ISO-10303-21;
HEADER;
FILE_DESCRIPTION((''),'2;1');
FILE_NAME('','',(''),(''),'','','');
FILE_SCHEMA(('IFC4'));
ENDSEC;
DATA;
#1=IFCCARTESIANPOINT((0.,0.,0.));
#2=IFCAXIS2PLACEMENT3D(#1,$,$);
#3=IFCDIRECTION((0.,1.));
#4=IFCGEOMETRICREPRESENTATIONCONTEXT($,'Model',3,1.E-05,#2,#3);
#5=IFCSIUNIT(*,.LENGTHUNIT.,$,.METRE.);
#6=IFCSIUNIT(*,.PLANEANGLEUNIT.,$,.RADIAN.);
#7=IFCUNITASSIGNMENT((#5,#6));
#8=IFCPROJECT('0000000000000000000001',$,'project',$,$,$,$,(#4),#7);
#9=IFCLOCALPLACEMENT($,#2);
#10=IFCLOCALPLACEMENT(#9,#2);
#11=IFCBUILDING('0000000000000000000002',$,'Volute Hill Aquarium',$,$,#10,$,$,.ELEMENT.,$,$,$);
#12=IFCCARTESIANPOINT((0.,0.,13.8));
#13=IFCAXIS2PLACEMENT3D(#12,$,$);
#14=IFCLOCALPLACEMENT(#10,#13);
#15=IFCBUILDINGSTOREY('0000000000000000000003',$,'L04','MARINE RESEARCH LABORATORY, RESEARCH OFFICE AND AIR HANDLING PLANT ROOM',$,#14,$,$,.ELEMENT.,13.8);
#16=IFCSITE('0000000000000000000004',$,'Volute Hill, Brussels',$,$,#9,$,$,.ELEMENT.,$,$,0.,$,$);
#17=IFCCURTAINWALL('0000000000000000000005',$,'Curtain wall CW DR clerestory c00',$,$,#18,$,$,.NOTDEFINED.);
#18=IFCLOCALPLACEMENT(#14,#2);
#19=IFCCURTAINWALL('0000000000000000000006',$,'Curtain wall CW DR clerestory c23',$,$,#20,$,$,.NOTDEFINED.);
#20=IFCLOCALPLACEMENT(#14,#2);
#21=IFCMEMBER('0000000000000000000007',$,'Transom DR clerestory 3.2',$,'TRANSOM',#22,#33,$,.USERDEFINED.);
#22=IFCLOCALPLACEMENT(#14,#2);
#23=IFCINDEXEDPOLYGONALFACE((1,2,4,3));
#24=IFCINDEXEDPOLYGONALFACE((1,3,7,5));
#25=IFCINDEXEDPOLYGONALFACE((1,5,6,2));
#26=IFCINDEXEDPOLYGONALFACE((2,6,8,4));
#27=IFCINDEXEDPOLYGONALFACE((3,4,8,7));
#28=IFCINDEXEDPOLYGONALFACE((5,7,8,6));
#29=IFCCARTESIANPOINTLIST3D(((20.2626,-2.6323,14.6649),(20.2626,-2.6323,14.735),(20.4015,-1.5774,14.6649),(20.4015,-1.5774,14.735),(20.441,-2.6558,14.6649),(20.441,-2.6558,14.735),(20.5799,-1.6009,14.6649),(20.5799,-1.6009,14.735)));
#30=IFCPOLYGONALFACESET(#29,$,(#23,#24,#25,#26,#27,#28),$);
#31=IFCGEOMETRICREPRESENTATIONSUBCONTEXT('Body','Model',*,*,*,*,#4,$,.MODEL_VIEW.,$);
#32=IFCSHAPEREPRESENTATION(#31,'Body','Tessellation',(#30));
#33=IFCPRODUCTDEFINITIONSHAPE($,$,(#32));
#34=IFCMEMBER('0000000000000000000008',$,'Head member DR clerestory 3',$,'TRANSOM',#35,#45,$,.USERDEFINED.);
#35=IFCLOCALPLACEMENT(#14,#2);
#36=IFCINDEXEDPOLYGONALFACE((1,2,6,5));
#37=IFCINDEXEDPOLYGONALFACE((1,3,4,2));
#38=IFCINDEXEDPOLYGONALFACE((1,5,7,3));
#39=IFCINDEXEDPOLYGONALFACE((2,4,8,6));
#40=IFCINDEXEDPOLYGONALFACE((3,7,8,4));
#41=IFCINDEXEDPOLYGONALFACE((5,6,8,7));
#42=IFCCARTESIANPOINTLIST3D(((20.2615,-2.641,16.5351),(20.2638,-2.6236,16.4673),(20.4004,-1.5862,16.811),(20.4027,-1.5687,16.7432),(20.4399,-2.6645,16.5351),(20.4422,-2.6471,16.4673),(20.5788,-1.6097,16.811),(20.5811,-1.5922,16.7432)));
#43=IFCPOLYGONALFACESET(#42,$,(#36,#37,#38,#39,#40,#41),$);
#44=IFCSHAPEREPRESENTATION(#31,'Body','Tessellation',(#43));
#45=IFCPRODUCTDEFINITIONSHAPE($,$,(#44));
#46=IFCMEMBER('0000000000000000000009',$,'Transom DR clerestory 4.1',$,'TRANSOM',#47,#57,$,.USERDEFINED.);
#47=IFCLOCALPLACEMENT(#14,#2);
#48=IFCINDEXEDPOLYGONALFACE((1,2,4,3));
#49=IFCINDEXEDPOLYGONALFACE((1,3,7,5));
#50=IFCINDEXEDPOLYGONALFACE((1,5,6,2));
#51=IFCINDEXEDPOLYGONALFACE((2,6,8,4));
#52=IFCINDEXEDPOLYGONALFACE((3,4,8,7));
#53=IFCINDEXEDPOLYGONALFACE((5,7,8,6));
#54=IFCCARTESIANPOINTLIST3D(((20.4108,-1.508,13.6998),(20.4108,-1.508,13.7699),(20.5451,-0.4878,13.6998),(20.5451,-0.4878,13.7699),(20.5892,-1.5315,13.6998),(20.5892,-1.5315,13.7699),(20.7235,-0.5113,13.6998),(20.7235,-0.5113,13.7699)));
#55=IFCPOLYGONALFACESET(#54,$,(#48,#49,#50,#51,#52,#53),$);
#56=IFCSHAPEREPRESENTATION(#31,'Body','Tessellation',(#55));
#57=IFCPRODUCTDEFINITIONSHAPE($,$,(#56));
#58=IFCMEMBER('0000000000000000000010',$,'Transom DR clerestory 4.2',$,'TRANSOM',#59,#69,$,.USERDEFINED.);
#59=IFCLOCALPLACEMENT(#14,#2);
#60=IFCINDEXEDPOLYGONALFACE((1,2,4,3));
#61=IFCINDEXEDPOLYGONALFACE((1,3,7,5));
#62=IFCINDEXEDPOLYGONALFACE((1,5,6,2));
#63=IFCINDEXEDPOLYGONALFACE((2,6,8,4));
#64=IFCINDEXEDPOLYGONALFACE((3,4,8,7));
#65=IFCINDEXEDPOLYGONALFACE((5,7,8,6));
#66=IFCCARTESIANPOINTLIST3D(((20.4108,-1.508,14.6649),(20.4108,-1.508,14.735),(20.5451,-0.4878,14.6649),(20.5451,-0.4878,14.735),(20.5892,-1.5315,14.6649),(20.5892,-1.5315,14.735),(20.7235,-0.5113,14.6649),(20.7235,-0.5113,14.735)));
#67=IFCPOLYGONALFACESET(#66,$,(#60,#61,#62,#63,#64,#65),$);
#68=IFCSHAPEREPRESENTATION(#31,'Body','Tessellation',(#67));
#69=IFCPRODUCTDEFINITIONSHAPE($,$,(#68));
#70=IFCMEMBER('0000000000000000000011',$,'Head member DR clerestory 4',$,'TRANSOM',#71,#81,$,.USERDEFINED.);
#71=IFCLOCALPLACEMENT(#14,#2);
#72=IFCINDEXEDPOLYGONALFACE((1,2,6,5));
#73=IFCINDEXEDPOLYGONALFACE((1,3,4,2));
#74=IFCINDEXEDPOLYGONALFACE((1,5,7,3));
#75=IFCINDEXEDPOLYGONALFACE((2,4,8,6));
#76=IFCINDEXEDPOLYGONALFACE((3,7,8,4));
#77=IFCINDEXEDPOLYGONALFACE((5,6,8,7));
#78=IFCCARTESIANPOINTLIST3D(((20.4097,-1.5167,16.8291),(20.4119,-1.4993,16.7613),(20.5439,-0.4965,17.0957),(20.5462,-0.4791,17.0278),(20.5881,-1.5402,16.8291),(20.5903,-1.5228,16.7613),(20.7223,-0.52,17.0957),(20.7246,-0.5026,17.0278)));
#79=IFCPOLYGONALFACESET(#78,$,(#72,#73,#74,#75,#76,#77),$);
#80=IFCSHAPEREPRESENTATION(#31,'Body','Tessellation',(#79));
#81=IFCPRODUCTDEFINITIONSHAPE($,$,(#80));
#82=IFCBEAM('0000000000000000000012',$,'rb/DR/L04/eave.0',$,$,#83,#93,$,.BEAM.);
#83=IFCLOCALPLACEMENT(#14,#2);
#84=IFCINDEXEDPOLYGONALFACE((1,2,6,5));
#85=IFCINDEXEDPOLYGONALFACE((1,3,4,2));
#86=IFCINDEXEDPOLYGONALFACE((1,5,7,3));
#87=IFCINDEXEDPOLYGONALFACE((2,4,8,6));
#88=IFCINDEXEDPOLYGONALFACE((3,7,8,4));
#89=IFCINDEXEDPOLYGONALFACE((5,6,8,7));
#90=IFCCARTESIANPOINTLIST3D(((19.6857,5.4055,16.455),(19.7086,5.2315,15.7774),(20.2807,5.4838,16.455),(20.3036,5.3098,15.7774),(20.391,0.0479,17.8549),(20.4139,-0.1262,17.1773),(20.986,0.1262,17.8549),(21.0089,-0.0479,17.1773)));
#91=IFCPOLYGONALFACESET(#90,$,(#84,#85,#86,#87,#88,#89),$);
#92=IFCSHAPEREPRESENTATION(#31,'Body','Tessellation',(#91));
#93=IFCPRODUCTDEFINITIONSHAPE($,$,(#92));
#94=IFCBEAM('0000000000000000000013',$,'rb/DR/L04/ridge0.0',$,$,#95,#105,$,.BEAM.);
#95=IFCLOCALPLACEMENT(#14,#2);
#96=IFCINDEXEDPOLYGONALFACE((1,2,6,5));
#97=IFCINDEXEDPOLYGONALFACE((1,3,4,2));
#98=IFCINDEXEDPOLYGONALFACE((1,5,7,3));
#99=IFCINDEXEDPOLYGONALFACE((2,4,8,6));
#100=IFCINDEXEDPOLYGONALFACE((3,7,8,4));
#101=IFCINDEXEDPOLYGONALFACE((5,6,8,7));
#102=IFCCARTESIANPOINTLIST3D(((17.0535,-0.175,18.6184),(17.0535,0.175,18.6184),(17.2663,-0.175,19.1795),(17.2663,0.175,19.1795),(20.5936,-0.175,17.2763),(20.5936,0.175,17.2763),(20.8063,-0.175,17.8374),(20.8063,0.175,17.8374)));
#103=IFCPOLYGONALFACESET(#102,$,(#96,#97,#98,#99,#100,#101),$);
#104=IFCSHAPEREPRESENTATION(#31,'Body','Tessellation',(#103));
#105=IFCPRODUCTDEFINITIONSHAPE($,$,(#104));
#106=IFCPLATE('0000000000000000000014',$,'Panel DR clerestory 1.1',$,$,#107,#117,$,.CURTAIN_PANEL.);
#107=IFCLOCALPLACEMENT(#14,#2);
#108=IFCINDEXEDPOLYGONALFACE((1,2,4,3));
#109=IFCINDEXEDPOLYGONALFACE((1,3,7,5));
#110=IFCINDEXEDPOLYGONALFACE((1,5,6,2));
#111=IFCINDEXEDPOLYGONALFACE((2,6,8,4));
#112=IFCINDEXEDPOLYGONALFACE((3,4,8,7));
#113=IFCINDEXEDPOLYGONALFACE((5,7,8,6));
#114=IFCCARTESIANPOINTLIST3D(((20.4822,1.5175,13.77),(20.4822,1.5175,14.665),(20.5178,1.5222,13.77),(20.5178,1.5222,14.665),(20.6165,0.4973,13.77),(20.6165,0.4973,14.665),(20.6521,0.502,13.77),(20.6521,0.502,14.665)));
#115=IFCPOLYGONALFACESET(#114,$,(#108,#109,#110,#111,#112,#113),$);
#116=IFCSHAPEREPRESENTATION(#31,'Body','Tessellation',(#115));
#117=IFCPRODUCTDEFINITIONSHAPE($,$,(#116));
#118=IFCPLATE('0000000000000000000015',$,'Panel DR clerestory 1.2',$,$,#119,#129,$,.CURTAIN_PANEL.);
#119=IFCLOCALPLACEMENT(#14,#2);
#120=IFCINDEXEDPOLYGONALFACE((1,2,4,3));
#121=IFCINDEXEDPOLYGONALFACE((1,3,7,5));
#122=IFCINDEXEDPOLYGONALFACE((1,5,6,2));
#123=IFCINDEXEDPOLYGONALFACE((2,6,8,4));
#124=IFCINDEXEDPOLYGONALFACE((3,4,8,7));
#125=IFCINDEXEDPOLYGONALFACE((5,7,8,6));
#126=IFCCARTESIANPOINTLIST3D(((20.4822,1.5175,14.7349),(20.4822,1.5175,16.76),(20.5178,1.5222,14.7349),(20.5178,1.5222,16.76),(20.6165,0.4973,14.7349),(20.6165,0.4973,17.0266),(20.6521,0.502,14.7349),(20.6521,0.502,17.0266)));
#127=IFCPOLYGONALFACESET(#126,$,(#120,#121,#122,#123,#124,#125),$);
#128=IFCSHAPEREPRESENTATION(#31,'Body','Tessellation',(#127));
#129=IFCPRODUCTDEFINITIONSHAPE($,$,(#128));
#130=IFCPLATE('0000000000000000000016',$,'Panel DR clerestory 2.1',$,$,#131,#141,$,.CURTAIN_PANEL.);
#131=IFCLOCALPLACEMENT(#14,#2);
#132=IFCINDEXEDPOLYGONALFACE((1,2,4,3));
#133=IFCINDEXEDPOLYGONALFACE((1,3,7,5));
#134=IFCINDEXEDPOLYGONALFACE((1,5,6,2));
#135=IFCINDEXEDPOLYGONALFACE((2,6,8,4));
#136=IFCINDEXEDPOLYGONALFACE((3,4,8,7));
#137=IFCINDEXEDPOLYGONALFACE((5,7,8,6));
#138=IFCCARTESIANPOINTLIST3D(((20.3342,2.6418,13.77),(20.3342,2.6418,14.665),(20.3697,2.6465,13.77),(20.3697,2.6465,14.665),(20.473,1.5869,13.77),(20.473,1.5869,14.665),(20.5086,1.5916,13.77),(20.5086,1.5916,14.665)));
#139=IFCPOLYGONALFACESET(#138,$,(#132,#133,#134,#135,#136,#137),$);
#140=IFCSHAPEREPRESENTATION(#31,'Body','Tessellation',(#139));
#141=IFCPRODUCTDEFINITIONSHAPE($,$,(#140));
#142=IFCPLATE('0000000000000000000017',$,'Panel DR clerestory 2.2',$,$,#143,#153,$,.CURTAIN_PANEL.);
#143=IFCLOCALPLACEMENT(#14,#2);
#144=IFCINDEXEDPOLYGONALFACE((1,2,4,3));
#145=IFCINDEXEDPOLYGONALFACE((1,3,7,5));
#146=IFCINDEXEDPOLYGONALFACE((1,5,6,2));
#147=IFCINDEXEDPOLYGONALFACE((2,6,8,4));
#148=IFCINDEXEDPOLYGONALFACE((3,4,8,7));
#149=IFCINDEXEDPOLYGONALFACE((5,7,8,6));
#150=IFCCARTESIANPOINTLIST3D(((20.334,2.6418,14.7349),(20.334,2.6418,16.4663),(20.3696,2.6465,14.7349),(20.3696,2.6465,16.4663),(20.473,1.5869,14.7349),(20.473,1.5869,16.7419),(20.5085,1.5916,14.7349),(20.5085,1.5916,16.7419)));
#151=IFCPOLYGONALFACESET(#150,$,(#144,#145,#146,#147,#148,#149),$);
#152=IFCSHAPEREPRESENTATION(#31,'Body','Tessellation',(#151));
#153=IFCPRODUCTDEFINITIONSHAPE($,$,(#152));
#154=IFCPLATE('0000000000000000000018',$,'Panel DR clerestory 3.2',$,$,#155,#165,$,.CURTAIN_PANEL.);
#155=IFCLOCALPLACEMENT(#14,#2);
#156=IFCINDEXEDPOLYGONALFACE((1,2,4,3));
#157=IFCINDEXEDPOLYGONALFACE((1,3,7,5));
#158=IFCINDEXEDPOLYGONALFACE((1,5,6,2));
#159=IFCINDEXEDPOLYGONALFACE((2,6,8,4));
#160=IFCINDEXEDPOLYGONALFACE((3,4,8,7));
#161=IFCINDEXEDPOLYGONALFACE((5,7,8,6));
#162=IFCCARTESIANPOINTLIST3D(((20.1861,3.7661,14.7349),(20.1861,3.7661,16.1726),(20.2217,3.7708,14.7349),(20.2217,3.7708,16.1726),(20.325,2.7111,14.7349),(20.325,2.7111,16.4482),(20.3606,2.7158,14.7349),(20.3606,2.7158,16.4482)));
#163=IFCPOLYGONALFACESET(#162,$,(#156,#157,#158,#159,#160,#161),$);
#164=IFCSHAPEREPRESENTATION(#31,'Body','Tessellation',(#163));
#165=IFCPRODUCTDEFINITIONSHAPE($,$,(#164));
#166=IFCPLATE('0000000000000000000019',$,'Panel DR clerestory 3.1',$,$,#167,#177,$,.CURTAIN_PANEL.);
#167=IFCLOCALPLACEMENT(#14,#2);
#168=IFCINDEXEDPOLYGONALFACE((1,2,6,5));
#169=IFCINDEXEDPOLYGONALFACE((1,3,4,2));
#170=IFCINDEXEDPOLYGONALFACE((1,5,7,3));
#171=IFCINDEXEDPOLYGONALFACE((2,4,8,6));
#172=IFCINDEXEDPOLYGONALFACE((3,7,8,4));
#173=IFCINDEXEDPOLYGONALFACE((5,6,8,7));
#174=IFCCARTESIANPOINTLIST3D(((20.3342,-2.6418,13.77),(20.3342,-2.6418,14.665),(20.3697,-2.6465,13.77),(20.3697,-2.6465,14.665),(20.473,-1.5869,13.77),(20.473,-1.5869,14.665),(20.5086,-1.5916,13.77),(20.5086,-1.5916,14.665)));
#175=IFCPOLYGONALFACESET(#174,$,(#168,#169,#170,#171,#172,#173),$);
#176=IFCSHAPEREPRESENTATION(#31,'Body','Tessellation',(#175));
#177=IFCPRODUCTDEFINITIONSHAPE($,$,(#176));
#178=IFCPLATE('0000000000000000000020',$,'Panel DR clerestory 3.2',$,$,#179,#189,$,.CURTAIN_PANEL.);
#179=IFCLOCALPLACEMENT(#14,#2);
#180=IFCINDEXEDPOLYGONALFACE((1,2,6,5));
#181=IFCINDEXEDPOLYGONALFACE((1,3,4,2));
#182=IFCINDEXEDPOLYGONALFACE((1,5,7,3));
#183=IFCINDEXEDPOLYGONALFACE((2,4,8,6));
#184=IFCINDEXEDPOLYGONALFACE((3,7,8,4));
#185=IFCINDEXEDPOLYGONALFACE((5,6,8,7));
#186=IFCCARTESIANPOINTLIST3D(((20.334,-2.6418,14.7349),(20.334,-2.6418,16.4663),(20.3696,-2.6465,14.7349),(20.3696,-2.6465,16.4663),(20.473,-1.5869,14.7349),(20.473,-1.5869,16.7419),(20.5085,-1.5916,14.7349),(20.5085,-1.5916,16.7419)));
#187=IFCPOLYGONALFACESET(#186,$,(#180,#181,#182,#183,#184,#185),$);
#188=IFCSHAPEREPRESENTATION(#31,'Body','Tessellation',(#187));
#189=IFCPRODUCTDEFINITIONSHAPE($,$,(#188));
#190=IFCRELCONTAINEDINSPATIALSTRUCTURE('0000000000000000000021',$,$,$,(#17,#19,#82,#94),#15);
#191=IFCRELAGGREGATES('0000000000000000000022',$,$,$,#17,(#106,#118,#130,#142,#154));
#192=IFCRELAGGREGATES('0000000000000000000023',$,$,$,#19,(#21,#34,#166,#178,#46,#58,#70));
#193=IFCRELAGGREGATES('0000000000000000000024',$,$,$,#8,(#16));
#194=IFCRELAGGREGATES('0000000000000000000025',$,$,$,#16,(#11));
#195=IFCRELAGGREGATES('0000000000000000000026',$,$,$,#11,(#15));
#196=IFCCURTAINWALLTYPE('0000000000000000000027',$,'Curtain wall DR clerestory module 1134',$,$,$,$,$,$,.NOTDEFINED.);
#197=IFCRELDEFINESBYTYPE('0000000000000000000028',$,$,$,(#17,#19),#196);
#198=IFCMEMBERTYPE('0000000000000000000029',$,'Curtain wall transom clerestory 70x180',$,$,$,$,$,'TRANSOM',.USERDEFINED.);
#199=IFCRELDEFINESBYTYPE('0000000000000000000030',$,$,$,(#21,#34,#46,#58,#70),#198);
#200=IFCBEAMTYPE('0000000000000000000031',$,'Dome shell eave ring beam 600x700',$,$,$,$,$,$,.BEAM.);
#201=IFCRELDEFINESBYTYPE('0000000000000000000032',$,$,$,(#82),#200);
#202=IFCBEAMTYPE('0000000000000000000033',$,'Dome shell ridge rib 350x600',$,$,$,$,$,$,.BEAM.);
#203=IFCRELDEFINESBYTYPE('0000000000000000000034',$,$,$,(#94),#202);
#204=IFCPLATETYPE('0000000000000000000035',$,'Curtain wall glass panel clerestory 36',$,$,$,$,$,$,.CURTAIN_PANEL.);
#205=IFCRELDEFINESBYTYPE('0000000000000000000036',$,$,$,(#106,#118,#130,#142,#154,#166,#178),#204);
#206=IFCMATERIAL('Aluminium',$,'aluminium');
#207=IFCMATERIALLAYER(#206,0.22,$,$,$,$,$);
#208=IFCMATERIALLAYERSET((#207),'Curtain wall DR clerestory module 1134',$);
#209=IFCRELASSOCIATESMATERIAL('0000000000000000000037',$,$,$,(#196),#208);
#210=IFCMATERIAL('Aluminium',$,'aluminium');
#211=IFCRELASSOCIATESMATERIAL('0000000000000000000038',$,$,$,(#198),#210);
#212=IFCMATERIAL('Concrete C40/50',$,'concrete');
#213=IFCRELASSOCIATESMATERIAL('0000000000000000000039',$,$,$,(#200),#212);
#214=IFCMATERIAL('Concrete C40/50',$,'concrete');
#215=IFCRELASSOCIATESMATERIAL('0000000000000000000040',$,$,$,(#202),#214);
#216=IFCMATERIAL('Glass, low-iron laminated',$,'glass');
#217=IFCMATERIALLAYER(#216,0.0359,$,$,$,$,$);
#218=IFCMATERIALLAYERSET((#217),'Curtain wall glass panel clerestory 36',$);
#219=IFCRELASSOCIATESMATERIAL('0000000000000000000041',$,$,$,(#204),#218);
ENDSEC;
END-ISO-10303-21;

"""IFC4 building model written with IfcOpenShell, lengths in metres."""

from ifc_helpers import new_model, si_unit, direction, frame, origin, origin_2d, place, context, subcontext, project, spatial, polyline, rectangle, outline, extrude, material, layer, layer_set, material_profile, profile_set, type_object, element, aggregate, save


model = new_model("IFC4")

# Units and contexts
model_context = context("Model", 3, precision=1e-05, world=origin(), true_north=direction((0.0, 1.0)))
body_context = subcontext(model_context, "Body", "Model", "MODEL_VIEW")
ifc_project = project(units=[si_unit("LENGTHUNIT", "METRE"), si_unit("PLANEANGLEUNIT", "RADIAN")], contexts=[model_context])

# Site, building, storey
site_placement = place(None, origin())
site = spatial("IfcSite", under=ifc_project, at=site_placement, Name="Volute Hill, Brussels", CompositionType="ELEMENT", RefElevation=0.0)
building_placement = place(site_placement, origin())
building = spatial("IfcBuilding", under=site, at=building_placement, Name="Volute Hill Aquarium", CompositionType="ELEMENT")
storey_placement = place(building_placement, frame((0.0, 0.0, 13.8)))
storey = spatial("IfcBuildingStorey", under=building, at=storey_placement, Name="L04", Description="MARINE RESEARCH LABORATORY, RESEARCH OFFICE AND AIR HANDLING PLANT ROOM", CompositionType="ELEMENT", Elevation=13.8)

# Curtain wall
ifc_material_1 = material(Name="Aluminium", Category="aluminium")
ifc_layer_1 = layer(ifc_material_1, 0.22)
ifc_layer_set_1 = layer_set([ifc_layer_1], Name="Curtain wall DR clerestory module 1134")
curtain_wall_type = type_object("IfcCurtainWallType", Name="Curtain wall DR clerestory module 1134", PredefinedType="NOTDEFINED", material=ifc_layer_set_1)
curtain_wall_1_placement = place(storey_placement, origin())
curtain_wall_1 = element("IfcCurtainWall", 1, at=curtain_wall_1_placement, inside=storey, type_object=curtain_wall_type, Name="Curtain wall CW DR clerestory c00", PredefinedType="NOTDEFINED")

# Curtain wall
curtain_wall_2_placement = place(storey_placement, origin())
curtain_wall_2 = element("IfcCurtainWall", 2, at=curtain_wall_2_placement, inside=storey, type_object=curtain_wall_type, Name="Curtain wall CW DR clerestory c23", PredefinedType="NOTDEFINED")

# Members
ifc_material_2 = material(Name="Aluminium", Category="aluminium")
ifc_material_profile_1 = material_profile(ifc_material_2, rectangle(XDim=0.1799, YDim=0.0701, at=origin_2d()), Name="Curtain wall transom clerestory 70x180")
ifc_profile_set_1 = profile_set([ifc_material_profile_1], Name="Aluminium")
member_type_1 = type_object("IfcMemberType", Name="Curtain wall transom clerestory 70x180", ElementType="TRANSOM", PredefinedType="USERDEFINED", material=ifc_profile_set_1)
member_1_placement = place(storey_placement, frame((20.3518, -2.644, 14.7), z_axis=(0.130555, 0.991441, 0.0), x_axis=(-0.991441, 0.130555, 0.0)))
member_1 = element("IfcMember", 3, at=member_1_placement, type_object=member_type_1, Name="Transom DR clerestory 3.2", ObjectType="TRANSOM", PredefinedType="USERDEFINED", context=body_context, shape_type="SweptSolid", body=[
    extrude(rectangle(XDim=0.1799, YDim=0.0701, at=origin_2d()), origin(), (0.0, 0.0, 1.0), 1.064),
])
member_2_placement = place(storey_placement, frame((20.3518, -2.644, 16.5012), z_axis=(0.126377, 0.959708, 0.250977), x_axis=(-0.991441, 0.130555, 0.0)))
member_2 = element("IfcMember", 4, at=member_2_placement, type_object=member_type_1, Name="Head member DR clerestory 3", ObjectType="TRANSOM", PredefinedType="USERDEFINED", context=body_context, shape_type="SweptSolid", body=[
    extrude(rectangle(XDim=0.1799, YDim=0.0701, at=origin_2d()), origin(), (0.0, 0.0, 1.0), 1.0991),
])
member_3_placement = place(storey_placement, frame((20.5, -1.5198, 13.7349), z_axis=(0.130485, 0.99145, 0.0), x_axis=(-0.99145, 0.130485, 0.0)))
member_3 = element("IfcMember", 5, at=member_3_placement, type_object=member_type_1, Name="Transom DR clerestory 4.1", ObjectType="TRANSOM", PredefinedType="USERDEFINED", context=body_context, shape_type="SweptSolid", body=[
    extrude(rectangle(XDim=0.1799, YDim=0.0701, at=origin_2d()), origin(), (0.0, 0.0, 1.0), 1.0291),
])
member_4_placement = place(storey_placement, frame((20.5, -1.5198, 14.7), z_axis=(0.130485, 0.99145, 0.0), x_axis=(-0.99145, 0.130485, 0.0)))
member_4 = element("IfcMember", 6, at=member_4_placement, type_object=member_type_1, Name="Transom DR clerestory 4.2", ObjectType="TRANSOM", PredefinedType="USERDEFINED", context=body_context, shape_type="SweptSolid", body=[
    extrude(rectangle(XDim=0.1799, YDim=0.0701, at=origin_2d()), origin(), (0.0, 0.0, 1.0), 1.0291),
])
member_5_placement = place(storey_placement, frame((20.5, -1.5198, 16.7952), z_axis=(0.126315, 0.959764, 0.250793), x_axis=(-0.99145, 0.130485, 0.0)))
member_5 = element("IfcMember", 7, at=member_5_placement, type_object=member_type_1, Name="Head member DR clerestory 4", ObjectType="TRANSOM", PredefinedType="USERDEFINED", context=body_context, shape_type="SweptSolid", body=[
    extrude(rectangle(XDim=0.1799, YDim=0.0701, at=origin_2d()), origin(), (0.0, 0.0, 1.0), 1.063),
])

# Beams
ifc_material_3 = material(Name="Concrete C40/50", Category="concrete")
ifc_material_profile_2 = material_profile(ifc_material_3, rectangle(XDim=0.6001, YDim=0.7, at=origin_2d()), Name="RC beam 600x700")
ifc_profile_set_2 = profile_set([ifc_material_profile_2], Name="Concrete C40/50")
beam_type_1 = type_object("IfcBeamType", Name="Dome shell eave ring beam 600x700", PredefinedType="BEAM", material=ifc_profile_set_2)
beam_1_placement = place(storey_placement, frame((20.7, 0.0, 17.5161), z_axis=(-0.12635, 0.959764, -0.250776), x_axis=(-0.991446, -0.130521, 0.0)))
element("IfcBeam", 8, at=beam_1_placement, inside=storey, type_object=beam_type_1, Name="rb/DR/L04/eave.0", PredefinedType="BEAM", context=body_context, shape_type="SweptSolid", body=[
    extrude(rectangle(XDim=0.6001, YDim=0.7, at=origin_2d()), origin(), (0.0, 0.0, 1.0), 5.5823),
])
ifc_material_4 = material(Name="Concrete C40/50", Category="concrete")
ifc_material_profile_3 = material_profile(ifc_material_4, rectangle(XDim=0.3501, YDim=0.6001, at=origin_2d()), Name="RC rib 350x600")
ifc_profile_set_3 = profile_set([ifc_material_profile_3], Name="Concrete C40/50")
beam_type_2 = type_object("IfcBeamType", Name="Dome shell ridge rib 350x600", PredefinedType="BEAM", material=ifc_profile_set_3)
beam_2_placement = place(storey_placement, frame((20.7, 0.0, 17.5569), z_axis=(-0.935062, 0.0, 0.354485), x_axis=(0.0, -1.0, 0.0)))
element("IfcBeam", 9, at=beam_2_placement, inside=storey, type_object=beam_type_2, Name="rb/DR/L04/ridge0.0", PredefinedType="BEAM", context=body_context, shape_type="SweptSolid", body=[
    extrude(rectangle(XDim=0.3501, YDim=0.6001, at=origin_2d()), origin(), (0.0, 0.0, 1.0), 3.7859),
])

# Plates
ifc_material_5 = material(Name="Glass, low-iron laminated", Category="glass")
ifc_layer_2 = layer(ifc_material_5, 0.0359)
ifc_layer_set_2 = layer_set([ifc_layer_2], Name="Curtain wall glass panel clerestory 36")
plate_type = type_object("IfcPlateType", Name="Curtain wall glass panel clerestory 36", PredefinedType="CURTAIN_PANEL", material=ifc_layer_set_2)
plate_1_placement = place(storey_placement, frame((20.5671, 1.0098, 13.77), z_axis=(0.0, 0.0, 1.0), x_axis=(-0.130519, 0.991446, 0.0)))
plate_1 = element("IfcPlate", 10, at=plate_1_placement, type_object=plate_type, Name="Panel DR clerestory 1.1", PredefinedType="CURTAIN_PANEL", context=body_context, shape_type="SweptSolid", body=[
    extrude(rectangle(XDim=1.0291, YDim=0.0359, at=origin_2d()), origin(), (0.0, 0.0, 1.0), 0.895),
])
plate_2_placement = place(storey_placement, frame((20.6521, 0.502, 14.7349), z_axis=(0.99145, 0.130485, 0.0), x_axis=(-0.130485, 0.99145, 0.0)))
plate_2 = element("IfcPlate", 11, at=plate_2_placement, type_object=plate_type, Name="Panel DR clerestory 1.2", PredefinedType="CURTAIN_PANEL", context=body_context, shape_type="SweptSolid", body=[
    extrude(outline(polyline([(0.0, 0.0), (1.0291, 0.0), (1.0291, 2.0251), (0.0, 2.2917), (0.0, 0.0)])), origin(), (0.0, 0.0, -1.0), 0.0359),
])
plate_3_placement = place(storey_placement, frame((20.4214, 2.1167, 13.77), z_axis=(0.0, 0.0, 1.0), x_axis=(-0.130519, 0.991446, 0.0)))
plate_3 = element("IfcPlate", 12, at=plate_3_placement, type_object=plate_type, Name="Panel DR clerestory 2.1", PredefinedType="CURTAIN_PANEL", context=body_context, shape_type="SweptSolid", body=[
    extrude(rectangle(XDim=1.064, YDim=0.0359, at=origin_2d()), origin(), (0.0, 0.0, 1.0), 0.895),
])
plate_4_placement = place(storey_placement, frame((20.5085, 1.5916, 14.7349), z_axis=(0.991441, 0.130555, 0.0), x_axis=(-0.130555, 0.991441, 0.0)))
plate_4 = element("IfcPlate", 13, at=plate_4_placement, type_object=plate_type, Name="Panel DR clerestory 2.2", PredefinedType="CURTAIN_PANEL", context=body_context, shape_type="SweptSolid", body=[
    extrude(outline(polyline([(0.0, 0.0), (1.064, 0.0), (1.064, 1.7314), (0.0, 2.0071), (0.0, 0.0)])), origin(), (0.0, 0.0, -1.0), 0.0359),
])
plate_5_placement = place(storey_placement, frame((20.3606, 2.7158, 14.7349), z_axis=(0.991441, 0.130555, 0.0), x_axis=(-0.130555, 0.991441, 0.0)))
plate_5 = element("IfcPlate", 14, at=plate_5_placement, type_object=plate_type, Name="Panel DR clerestory 3.2", PredefinedType="CURTAIN_PANEL", context=body_context, shape_type="SweptSolid", body=[
    extrude(outline(polyline([(0.0, 0.0), (1.064, 0.0), (1.064, 1.4377), (0.0, 1.7134), (0.0, 0.0)])), origin(), (0.0, 0.0, -1.0), 0.0359),
])
aggregate(curtain_wall_1, [plate_1, plate_2, plate_3, plate_4, plate_5])
plate_6_placement = place(storey_placement, frame((20.4214, -2.1167, 13.77), z_axis=(0.0, 0.0, 1.0), x_axis=(0.130519, 0.991446, 0.0)))
plate_6 = element("IfcPlate", 15, at=plate_6_placement, type_object=plate_type, Name="Panel DR clerestory 3.1", PredefinedType="CURTAIN_PANEL", context=body_context, shape_type="SweptSolid", body=[
    extrude(rectangle(XDim=1.064, YDim=0.0359, at=origin_2d()), origin(), (0.0, 0.0, 1.0), 0.895),
])
plate_7_placement = place(storey_placement, frame((20.3696, -2.6465, 14.7349), z_axis=(0.991441, -0.130555, 0.0), x_axis=(0.130555, 0.991441, 0.0)))
plate_7 = element("IfcPlate", 16, at=plate_7_placement, type_object=plate_type, Name="Panel DR clerestory 3.2", PredefinedType="CURTAIN_PANEL", context=body_context, shape_type="SweptSolid", body=[
    extrude(outline(polyline([(0.0, 0.0), (1.064, 0.0), (1.064, 2.0071), (0.0, 1.7314), (0.0, 0.0)])), origin(), (0.0, 0.0, -1.0), 0.0359),
])
aggregate(curtain_wall_2, [member_1, member_2, plate_6, plate_7, member_3, member_4, member_5])

save(model, "model.ifc")
